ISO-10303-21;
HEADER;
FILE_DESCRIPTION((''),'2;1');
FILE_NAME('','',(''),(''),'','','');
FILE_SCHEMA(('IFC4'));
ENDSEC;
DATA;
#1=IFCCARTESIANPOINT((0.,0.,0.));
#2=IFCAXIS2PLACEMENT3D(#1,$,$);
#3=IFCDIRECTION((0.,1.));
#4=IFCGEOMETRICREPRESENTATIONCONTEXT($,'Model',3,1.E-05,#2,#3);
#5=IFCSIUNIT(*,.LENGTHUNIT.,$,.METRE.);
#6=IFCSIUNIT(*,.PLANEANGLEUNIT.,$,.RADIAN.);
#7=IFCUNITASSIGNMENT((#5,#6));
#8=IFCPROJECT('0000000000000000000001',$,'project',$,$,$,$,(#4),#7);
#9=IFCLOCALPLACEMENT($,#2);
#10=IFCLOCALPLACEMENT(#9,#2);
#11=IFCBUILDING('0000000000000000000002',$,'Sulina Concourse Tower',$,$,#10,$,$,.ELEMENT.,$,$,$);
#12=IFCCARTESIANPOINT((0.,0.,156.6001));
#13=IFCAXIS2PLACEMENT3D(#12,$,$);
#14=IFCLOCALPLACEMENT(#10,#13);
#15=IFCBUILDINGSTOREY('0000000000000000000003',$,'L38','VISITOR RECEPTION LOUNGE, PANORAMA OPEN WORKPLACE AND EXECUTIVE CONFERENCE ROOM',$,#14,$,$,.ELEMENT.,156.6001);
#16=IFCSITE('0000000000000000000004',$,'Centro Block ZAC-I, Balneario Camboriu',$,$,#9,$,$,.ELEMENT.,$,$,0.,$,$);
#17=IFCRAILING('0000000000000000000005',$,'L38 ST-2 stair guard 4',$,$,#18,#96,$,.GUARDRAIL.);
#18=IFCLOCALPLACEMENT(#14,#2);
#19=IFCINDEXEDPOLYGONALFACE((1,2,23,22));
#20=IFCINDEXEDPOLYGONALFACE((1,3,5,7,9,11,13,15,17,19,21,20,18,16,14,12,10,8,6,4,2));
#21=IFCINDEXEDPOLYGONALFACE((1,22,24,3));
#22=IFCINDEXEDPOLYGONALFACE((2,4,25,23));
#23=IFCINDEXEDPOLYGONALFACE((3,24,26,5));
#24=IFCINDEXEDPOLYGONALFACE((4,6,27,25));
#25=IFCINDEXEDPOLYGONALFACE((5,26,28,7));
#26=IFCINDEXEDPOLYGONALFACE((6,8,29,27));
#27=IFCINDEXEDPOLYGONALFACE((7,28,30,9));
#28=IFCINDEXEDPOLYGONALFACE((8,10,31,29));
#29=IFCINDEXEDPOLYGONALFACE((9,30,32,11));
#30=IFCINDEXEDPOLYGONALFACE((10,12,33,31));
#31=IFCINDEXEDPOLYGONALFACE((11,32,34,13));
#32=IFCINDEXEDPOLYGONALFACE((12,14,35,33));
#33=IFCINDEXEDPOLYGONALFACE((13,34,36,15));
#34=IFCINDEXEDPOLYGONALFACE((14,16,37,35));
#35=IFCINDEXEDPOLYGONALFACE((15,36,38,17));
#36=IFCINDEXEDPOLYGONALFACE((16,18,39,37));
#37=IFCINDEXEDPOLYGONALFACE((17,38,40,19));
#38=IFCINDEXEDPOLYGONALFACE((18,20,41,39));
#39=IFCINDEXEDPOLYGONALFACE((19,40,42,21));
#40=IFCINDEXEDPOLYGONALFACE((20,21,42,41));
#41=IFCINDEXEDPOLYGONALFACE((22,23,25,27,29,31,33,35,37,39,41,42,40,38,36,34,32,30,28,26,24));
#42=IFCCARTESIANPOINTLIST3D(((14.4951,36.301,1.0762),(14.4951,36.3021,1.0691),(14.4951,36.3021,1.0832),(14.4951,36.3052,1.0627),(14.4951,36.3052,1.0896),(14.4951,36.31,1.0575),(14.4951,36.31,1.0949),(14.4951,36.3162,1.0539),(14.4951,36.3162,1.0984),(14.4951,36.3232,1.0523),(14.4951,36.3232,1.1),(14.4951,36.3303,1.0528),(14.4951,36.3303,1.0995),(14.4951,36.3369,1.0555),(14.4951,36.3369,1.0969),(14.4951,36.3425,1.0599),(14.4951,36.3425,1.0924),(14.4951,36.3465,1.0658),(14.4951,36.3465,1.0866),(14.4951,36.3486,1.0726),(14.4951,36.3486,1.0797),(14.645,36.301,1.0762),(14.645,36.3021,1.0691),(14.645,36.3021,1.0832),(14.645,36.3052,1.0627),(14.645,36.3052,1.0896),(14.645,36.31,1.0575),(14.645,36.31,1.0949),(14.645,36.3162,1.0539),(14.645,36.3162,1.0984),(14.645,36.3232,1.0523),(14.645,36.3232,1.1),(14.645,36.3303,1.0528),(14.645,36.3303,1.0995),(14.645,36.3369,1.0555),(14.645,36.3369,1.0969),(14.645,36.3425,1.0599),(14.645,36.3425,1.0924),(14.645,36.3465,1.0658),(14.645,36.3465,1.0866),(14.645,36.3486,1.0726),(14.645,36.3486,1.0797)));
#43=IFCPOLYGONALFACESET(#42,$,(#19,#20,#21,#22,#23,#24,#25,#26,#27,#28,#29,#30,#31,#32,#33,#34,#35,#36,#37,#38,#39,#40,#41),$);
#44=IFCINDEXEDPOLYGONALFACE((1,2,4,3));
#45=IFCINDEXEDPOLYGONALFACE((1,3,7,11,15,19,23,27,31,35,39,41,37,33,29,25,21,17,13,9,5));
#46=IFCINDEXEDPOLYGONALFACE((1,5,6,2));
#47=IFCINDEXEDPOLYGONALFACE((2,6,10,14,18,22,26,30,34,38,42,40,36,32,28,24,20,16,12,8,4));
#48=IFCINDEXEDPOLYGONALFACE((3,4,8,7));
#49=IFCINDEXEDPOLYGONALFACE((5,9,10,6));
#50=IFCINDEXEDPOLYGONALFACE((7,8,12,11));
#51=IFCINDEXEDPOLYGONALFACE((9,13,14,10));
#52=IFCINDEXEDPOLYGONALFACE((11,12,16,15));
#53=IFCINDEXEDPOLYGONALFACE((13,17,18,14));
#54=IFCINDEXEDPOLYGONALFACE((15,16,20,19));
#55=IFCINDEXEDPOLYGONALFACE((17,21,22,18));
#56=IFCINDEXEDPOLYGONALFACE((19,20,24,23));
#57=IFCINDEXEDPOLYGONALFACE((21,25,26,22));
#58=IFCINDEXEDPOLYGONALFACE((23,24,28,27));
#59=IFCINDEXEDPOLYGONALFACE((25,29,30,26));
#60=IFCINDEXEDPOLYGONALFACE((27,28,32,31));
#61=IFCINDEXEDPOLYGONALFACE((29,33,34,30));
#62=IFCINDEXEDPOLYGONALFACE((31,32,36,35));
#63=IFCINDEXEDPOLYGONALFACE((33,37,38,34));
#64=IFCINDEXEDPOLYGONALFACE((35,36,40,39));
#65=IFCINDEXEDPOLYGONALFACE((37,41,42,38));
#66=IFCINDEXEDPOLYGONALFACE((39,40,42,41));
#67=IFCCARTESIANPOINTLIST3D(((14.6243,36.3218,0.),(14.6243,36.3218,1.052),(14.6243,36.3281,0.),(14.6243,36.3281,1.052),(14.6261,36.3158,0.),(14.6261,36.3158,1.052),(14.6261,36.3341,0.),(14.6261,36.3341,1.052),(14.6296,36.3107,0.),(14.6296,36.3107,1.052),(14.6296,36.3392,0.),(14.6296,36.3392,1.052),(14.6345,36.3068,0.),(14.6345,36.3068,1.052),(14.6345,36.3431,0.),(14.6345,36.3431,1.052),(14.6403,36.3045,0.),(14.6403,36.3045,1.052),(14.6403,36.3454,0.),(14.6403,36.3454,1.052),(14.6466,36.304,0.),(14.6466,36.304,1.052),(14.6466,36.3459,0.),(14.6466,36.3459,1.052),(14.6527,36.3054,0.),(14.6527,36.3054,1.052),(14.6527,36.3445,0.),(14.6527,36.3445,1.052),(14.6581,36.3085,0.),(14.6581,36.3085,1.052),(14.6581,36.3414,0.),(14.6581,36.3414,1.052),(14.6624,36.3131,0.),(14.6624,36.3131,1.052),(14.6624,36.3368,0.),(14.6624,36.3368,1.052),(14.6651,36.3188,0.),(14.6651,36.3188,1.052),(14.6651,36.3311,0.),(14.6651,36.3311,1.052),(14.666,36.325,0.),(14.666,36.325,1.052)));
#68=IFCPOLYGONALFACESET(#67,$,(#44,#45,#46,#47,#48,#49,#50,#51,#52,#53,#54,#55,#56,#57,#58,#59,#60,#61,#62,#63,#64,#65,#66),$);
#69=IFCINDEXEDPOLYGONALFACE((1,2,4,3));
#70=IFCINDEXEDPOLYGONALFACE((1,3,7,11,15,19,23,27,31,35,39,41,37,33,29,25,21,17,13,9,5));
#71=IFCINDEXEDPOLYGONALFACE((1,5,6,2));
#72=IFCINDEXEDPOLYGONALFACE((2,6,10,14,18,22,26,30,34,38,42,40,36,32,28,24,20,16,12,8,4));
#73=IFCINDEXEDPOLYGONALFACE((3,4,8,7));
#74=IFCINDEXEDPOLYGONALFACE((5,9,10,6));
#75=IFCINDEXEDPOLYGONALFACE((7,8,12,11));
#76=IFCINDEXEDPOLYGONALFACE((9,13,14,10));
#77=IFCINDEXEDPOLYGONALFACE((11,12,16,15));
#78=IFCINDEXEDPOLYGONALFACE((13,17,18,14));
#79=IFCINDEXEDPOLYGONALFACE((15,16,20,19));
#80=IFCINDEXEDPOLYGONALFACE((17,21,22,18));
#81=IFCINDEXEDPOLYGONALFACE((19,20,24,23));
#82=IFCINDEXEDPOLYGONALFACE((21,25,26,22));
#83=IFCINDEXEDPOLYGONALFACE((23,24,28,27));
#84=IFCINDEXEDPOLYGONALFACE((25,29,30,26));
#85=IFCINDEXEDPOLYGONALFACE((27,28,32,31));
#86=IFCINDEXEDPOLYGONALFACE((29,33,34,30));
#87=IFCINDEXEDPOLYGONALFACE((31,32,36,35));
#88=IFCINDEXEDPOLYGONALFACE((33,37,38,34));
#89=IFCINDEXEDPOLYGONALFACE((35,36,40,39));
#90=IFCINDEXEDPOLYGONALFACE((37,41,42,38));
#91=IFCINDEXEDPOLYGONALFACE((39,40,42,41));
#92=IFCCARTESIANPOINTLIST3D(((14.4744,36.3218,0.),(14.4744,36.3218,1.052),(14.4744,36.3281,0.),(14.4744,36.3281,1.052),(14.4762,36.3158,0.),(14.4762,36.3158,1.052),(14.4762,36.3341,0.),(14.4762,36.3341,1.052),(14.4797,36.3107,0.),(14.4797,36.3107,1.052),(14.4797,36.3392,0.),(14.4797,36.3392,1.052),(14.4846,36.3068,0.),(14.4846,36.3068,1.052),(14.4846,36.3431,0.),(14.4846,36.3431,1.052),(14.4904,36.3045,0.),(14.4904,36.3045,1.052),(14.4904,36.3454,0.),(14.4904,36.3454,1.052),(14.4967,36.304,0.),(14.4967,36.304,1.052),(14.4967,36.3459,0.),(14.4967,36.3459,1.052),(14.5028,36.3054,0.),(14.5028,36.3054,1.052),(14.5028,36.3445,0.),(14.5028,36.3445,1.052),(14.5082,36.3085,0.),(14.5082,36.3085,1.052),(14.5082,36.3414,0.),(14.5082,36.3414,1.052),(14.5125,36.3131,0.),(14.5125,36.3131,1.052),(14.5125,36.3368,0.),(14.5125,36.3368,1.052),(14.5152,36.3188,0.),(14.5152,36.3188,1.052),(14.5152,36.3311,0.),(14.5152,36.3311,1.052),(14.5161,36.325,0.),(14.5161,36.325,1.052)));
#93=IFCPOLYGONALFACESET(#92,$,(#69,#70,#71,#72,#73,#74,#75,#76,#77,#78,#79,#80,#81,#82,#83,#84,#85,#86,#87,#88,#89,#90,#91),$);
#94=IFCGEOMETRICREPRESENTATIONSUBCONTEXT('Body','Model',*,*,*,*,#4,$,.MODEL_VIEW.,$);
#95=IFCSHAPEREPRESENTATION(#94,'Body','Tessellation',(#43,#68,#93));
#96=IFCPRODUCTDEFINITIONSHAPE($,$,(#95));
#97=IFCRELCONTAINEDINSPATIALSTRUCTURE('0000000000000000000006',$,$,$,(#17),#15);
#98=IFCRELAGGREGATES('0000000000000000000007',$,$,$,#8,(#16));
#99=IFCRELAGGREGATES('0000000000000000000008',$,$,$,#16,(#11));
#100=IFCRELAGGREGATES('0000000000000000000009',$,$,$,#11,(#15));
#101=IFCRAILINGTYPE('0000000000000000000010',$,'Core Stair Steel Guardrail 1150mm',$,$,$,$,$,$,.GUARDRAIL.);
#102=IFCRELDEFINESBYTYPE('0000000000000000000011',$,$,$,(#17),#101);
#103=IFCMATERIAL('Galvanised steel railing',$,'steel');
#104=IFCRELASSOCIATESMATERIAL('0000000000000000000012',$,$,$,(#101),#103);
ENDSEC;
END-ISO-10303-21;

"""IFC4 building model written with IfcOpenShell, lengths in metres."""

from ifc_helpers import new_model, si_unit, direction, frame, origin, origin_2d, place, context, subcontext, project, spatial, circle, extrude, material, type_object, element, save


model = new_model("IFC4")

# Units and contexts
model_context = context("Model", 3, precision=1e-05, world=origin(), true_north=direction((0.0, 1.0)))
body_context = subcontext(model_context, "Body", "Model", "MODEL_VIEW")
ifc_project = project(units=[si_unit("LENGTHUNIT", "METRE"), si_unit("PLANEANGLEUNIT", "RADIAN")], contexts=[model_context])

# Site, building, storey
site_placement = place(None, origin())
site = spatial("IfcSite", under=ifc_project, at=site_placement, Name="Centro Block ZAC-I, Balneario Camboriu", CompositionType="ELEMENT", RefElevation=0.0)
building_placement = place(site_placement, origin())
building = spatial("IfcBuilding", under=site, at=building_placement, Name="Sulina Concourse Tower", CompositionType="ELEMENT")
storey_placement = place(building_placement, frame((0.0, 0.0, 156.6001)))
storey = spatial("IfcBuildingStorey", under=building, at=storey_placement, Name="L38", Description="VISITOR RECEPTION LOUNGE, PANORAMA OPEN WORKPLACE AND EXECUTIVE CONFERENCE ROOM", CompositionType="ELEMENT", Elevation=156.6001)

# Railing
ifc_material_1 = material(Name="Galvanised steel railing", Category="steel")
railing_type_1 = type_object("IfcRailingType", Name="Core Stair Steel Guardrail 1150mm", PredefinedType="GUARDRAIL", material=ifc_material_1)
railing_1_placement = place(storey_placement, frame((14.645, 36.325, 0.0)))
element("IfcRailing", 1, at=railing_1_placement, inside=storey, type_object=railing_type_1, Name="L38 ST-2 stair guard 4", PredefinedType="GUARDRAIL", context=body_context, shape_type="SweptSolid", body=[
    extrude(circle(Radius=0.0239, at=origin_2d()), frame((0.0, 0.0, 1.0762), z_axis=(-1.0, 0.0, 0.0), x_axis=(0.0, -1.0, 0.0)), (0.0, 0.0, 1.0), 0.1499),
    extrude(circle(Radius=0.021, at=origin_2d()), origin(), (0.0, 0.0, 1.0), 1.052),
    extrude(circle(Radius=0.021, at=origin_2d()), frame((-0.1499, 0.0, 0.0)), (0.0, 0.0, 1.0), 1.052),
])

save(model, "model.ifc")
